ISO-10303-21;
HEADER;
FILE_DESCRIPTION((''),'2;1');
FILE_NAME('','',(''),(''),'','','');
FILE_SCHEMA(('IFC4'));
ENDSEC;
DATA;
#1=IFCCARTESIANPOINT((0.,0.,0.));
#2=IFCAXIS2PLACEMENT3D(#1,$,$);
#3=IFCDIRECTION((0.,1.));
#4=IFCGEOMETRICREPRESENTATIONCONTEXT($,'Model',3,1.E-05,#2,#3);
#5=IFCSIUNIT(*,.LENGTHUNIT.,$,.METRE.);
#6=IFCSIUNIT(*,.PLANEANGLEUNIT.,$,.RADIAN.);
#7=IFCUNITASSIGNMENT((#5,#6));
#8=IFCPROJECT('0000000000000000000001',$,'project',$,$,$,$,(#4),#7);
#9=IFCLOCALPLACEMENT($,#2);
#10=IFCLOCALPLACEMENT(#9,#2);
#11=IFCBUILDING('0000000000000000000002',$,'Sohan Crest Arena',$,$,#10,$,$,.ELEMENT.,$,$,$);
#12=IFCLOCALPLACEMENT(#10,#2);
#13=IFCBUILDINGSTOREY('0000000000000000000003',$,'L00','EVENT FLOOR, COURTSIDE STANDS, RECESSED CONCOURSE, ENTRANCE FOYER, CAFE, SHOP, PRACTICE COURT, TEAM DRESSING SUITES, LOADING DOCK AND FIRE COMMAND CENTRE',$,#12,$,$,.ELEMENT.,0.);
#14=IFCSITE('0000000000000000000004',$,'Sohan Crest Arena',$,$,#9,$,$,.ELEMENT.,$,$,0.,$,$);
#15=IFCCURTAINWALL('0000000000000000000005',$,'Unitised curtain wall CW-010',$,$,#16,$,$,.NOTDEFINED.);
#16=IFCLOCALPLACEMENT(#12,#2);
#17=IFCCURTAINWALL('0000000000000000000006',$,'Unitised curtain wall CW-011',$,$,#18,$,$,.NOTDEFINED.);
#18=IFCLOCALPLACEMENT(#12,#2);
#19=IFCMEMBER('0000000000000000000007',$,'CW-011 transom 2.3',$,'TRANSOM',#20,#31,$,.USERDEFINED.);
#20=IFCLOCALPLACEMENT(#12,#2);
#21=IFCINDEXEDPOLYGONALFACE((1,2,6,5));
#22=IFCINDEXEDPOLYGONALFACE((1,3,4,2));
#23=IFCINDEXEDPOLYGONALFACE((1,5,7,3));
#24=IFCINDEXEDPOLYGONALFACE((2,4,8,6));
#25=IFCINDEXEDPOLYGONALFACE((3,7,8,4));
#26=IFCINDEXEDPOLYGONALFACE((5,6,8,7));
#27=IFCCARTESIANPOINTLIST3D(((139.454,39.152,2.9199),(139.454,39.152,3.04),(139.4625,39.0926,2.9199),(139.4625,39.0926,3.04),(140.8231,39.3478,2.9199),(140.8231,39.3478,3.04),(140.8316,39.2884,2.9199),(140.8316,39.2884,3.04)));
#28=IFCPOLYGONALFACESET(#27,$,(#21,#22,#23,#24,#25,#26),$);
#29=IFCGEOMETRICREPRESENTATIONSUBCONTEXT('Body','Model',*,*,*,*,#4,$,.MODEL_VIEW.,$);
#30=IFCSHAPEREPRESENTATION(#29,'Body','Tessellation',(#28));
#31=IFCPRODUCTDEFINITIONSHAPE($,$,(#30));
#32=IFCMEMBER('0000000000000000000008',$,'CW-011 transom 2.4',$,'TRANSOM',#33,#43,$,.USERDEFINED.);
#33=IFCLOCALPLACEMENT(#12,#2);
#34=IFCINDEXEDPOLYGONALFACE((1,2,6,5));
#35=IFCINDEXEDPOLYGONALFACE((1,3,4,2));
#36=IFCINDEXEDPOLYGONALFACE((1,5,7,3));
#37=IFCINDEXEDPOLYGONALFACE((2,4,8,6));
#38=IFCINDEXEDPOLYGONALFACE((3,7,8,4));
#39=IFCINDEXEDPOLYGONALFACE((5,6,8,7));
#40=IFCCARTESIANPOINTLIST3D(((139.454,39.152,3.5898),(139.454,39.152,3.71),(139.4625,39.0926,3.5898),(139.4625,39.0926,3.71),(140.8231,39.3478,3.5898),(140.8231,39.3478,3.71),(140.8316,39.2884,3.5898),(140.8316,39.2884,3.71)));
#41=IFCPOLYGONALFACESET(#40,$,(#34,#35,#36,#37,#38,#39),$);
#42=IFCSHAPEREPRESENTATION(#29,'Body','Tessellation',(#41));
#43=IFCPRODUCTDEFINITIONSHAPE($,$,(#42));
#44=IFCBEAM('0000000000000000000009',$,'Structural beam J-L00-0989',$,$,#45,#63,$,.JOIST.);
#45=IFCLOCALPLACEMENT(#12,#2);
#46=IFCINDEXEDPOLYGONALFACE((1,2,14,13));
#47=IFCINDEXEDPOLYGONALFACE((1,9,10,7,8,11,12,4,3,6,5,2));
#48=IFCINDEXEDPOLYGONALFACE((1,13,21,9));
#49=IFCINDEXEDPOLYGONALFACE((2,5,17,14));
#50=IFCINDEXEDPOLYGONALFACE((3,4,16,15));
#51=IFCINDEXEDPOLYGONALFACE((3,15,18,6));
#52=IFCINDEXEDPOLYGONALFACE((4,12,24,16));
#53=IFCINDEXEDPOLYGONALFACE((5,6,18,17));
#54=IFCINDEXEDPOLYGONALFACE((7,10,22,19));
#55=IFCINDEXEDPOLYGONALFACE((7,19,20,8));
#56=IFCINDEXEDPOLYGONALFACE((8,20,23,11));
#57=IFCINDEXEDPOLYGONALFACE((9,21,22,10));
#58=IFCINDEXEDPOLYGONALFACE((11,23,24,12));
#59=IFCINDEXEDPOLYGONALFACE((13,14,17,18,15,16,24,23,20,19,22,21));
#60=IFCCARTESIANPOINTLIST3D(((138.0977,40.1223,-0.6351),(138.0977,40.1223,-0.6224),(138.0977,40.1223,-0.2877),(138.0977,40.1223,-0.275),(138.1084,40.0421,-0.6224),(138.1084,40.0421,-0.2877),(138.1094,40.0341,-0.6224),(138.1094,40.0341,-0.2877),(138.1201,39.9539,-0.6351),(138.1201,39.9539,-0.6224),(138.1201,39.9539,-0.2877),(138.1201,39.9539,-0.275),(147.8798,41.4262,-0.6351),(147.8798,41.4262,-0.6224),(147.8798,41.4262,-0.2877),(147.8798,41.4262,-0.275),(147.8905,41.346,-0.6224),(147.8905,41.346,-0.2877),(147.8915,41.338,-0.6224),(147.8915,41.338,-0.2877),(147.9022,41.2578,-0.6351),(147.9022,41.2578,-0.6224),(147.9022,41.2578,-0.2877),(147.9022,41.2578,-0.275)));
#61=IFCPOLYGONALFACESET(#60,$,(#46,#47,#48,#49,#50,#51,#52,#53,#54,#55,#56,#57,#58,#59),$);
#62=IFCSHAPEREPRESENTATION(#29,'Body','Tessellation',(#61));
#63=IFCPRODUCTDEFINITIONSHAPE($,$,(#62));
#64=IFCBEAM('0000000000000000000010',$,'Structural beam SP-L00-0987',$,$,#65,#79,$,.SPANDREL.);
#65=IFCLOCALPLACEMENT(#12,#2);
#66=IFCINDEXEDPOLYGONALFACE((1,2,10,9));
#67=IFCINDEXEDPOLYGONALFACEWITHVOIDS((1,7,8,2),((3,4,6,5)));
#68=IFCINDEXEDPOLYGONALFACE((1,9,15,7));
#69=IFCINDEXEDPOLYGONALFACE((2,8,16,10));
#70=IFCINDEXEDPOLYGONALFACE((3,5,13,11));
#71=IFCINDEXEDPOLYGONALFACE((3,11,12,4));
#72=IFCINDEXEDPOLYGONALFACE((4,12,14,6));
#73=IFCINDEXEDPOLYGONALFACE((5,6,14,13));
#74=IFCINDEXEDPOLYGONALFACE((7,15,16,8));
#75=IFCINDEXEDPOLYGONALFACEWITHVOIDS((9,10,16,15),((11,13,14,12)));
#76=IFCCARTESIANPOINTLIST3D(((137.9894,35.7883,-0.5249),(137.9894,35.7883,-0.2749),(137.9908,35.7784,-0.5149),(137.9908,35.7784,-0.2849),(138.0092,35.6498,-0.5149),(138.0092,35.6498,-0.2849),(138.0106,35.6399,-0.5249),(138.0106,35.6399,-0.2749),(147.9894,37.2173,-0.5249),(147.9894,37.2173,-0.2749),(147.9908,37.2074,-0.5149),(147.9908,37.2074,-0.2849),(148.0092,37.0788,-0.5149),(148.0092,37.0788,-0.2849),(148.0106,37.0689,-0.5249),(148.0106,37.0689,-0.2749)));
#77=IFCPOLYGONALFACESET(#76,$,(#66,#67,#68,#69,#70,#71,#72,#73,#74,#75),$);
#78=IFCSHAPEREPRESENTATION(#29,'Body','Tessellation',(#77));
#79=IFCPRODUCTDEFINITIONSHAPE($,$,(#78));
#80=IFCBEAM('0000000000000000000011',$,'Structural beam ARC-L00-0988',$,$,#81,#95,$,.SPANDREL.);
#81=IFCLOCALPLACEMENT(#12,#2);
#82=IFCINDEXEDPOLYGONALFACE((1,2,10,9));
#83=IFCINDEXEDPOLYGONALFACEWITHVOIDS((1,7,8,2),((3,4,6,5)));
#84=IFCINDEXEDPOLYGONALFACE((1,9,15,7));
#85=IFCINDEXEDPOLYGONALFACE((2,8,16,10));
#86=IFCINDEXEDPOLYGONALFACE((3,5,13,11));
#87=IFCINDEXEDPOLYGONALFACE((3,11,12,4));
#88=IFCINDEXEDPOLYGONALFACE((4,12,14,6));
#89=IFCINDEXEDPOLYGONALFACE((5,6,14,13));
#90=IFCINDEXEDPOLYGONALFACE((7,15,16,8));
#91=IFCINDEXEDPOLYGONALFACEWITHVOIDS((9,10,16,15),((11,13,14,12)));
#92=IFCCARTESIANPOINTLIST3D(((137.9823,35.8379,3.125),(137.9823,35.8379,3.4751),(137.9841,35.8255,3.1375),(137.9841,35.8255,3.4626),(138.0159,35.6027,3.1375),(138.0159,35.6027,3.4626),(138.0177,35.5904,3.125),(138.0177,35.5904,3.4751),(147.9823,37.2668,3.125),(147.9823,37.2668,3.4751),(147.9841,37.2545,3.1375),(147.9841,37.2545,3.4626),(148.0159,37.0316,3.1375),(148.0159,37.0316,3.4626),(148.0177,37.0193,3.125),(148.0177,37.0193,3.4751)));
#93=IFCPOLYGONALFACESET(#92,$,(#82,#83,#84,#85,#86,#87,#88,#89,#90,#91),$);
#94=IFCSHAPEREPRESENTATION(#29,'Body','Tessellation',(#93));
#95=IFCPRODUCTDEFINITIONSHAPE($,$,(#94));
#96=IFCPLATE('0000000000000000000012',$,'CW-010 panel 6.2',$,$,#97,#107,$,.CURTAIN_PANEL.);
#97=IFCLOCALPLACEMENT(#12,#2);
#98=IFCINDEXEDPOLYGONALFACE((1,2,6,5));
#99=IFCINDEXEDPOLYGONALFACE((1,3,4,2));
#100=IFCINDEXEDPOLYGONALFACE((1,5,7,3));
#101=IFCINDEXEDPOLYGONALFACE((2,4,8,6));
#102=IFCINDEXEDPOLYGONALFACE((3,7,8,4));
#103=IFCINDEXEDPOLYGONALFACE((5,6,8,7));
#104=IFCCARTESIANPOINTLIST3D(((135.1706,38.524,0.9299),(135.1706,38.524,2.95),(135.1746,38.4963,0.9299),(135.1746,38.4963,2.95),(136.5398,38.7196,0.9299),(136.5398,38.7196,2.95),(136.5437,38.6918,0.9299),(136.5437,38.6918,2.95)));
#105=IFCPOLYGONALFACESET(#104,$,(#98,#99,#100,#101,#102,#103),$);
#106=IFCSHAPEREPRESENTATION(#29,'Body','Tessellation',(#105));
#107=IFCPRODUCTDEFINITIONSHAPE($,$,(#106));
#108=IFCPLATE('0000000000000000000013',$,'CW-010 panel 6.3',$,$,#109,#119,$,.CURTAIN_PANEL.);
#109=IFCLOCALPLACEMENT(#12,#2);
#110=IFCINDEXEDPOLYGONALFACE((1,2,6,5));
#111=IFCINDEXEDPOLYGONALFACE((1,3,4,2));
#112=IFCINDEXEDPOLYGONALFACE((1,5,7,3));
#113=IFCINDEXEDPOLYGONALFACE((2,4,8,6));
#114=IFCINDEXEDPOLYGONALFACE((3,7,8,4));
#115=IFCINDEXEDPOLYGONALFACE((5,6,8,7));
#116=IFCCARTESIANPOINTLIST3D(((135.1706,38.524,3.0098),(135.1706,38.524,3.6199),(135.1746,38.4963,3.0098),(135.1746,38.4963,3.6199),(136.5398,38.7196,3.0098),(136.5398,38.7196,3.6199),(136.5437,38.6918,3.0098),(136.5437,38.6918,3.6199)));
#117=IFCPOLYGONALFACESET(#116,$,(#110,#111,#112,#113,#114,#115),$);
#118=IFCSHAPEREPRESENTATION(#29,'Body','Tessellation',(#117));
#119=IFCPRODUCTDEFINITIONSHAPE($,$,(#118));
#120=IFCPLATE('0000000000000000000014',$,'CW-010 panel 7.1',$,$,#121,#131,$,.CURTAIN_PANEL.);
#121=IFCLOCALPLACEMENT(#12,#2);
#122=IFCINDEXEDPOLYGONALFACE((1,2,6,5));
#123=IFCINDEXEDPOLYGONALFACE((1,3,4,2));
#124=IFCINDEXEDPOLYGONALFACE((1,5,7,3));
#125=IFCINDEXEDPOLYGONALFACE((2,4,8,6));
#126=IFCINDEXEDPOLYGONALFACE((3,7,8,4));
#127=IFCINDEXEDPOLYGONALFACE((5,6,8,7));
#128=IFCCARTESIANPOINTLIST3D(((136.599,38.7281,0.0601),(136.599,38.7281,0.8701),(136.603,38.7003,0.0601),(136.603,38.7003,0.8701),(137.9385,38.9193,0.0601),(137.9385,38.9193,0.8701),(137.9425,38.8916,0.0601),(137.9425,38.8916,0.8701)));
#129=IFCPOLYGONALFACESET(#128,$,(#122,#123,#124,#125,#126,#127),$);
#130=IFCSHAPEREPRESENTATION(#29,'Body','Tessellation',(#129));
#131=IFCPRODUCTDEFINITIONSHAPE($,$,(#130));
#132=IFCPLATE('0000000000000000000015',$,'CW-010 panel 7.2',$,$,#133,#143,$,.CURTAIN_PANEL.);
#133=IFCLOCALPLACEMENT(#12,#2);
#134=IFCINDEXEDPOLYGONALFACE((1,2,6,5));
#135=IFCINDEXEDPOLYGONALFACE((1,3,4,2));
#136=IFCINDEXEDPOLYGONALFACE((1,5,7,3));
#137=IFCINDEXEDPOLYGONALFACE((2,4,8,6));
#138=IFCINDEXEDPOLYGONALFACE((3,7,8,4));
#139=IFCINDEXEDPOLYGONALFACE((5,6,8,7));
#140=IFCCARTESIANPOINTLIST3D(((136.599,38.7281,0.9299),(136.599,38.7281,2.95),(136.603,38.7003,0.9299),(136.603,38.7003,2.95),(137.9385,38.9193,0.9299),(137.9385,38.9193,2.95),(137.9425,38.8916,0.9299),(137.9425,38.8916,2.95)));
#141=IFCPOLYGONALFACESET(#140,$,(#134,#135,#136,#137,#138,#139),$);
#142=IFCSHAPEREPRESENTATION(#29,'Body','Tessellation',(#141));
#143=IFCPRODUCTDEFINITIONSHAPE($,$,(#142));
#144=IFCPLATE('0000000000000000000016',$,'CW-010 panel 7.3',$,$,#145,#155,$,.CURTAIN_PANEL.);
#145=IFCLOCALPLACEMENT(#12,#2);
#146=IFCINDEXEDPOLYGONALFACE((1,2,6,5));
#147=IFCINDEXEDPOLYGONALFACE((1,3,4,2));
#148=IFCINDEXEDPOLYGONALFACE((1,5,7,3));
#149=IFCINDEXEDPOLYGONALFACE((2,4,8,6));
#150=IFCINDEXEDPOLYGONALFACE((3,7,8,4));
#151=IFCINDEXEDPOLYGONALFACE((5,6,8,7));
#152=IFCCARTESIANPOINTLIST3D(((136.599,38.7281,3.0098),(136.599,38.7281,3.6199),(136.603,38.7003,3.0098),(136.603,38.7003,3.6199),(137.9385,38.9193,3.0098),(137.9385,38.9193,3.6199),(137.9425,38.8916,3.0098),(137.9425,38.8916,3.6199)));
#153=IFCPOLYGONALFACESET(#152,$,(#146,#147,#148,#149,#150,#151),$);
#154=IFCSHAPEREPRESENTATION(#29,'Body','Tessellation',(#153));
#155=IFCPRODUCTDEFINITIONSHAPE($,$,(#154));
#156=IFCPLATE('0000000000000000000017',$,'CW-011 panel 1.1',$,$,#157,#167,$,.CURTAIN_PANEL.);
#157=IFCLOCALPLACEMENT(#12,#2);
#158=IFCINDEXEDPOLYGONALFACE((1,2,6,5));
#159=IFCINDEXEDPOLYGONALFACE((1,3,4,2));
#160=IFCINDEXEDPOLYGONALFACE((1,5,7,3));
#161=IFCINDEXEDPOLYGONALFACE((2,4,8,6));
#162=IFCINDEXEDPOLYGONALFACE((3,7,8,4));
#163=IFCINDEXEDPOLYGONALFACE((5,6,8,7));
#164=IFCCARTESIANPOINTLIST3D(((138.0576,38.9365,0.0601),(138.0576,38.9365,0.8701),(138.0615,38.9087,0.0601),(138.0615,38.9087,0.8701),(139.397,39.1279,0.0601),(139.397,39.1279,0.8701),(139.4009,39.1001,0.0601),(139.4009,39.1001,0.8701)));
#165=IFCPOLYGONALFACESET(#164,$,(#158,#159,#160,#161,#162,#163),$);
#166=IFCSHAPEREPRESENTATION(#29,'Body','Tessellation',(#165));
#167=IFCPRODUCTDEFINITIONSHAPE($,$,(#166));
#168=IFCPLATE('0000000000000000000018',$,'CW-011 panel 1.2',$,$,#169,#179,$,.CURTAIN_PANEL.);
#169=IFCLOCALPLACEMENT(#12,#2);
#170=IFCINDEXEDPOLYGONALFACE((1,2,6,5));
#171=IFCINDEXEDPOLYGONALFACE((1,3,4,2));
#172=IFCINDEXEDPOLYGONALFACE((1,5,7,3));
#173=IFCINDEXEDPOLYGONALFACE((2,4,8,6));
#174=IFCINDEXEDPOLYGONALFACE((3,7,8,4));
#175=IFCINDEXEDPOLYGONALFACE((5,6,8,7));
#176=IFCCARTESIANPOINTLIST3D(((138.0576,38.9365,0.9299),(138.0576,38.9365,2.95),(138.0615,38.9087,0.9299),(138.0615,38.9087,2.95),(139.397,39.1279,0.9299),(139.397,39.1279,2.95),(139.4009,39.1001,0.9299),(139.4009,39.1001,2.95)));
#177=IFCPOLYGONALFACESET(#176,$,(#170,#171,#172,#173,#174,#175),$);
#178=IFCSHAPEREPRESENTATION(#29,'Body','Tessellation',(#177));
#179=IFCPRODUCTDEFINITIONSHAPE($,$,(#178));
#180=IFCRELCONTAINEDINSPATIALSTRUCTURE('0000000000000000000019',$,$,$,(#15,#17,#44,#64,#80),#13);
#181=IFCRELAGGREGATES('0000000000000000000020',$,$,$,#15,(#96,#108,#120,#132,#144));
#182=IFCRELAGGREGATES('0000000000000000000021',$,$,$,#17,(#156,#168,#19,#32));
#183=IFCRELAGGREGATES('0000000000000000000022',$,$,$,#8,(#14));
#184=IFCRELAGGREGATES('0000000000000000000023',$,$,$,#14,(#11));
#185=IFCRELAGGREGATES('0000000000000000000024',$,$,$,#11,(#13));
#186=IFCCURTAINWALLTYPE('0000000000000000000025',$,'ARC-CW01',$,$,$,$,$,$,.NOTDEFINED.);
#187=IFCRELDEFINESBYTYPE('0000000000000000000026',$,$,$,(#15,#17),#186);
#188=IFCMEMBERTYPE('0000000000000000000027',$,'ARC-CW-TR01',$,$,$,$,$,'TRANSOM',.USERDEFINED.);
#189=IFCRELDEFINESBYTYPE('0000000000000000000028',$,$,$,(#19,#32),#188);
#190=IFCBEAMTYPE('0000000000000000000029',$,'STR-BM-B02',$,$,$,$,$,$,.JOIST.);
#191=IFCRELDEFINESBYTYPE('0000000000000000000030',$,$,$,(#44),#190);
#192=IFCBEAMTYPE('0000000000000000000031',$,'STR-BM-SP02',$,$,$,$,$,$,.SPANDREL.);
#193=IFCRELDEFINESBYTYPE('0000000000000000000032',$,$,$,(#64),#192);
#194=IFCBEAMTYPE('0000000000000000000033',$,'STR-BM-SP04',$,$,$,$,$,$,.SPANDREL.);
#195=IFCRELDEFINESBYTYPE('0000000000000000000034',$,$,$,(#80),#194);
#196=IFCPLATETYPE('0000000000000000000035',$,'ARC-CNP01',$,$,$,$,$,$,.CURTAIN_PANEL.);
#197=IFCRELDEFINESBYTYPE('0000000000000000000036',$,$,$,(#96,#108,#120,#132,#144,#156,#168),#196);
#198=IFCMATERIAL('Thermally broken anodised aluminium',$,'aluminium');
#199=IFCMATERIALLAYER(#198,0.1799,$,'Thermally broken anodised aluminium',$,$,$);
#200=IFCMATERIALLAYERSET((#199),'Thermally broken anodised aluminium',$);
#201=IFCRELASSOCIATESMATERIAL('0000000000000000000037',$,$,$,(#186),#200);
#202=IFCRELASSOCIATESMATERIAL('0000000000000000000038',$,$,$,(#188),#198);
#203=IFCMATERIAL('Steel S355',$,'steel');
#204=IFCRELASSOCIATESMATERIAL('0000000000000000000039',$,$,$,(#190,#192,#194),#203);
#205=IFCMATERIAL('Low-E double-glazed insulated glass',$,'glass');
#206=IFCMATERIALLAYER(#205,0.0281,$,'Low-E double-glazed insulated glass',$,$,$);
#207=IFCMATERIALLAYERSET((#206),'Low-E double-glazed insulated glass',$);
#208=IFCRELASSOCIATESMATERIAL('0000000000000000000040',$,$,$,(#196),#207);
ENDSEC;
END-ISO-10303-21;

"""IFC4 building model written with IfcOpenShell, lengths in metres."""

from ifc_helpers import new_model, si_unit, direction, frame, origin, origin_2d, place, context, subcontext, project, spatial, rectangle, hollow_rectangle, i_section, extrude, material, layer, layer_set, material_profile, profile_set, type_object, element, aggregate, save


model = new_model("IFC4")

# Units and contexts
model_context = context("Model", 3, precision=1e-05, world=origin(), true_north=direction((0.0, 1.0)))
body_context = subcontext(model_context, "Body", "Model", "MODEL_VIEW")
ifc_project = project(units=[si_unit("LENGTHUNIT", "METRE"), si_unit("PLANEANGLEUNIT", "RADIAN")], contexts=[model_context])

# Site, building, storey
site_placement = place(None, origin())
site = spatial("IfcSite", under=ifc_project, at=site_placement, Name="Sohan Crest Arena", CompositionType="ELEMENT", RefElevation=0.0)
building_placement = place(site_placement, origin())
building = spatial("IfcBuilding", under=site, at=building_placement, Name="Sohan Crest Arena", CompositionType="ELEMENT")
storey_placement = place(building_placement, origin())
storey = spatial("IfcBuildingStorey", under=building, at=storey_placement, Name="L00", Description="EVENT FLOOR, COURTSIDE STANDS, RECESSED CONCOURSE, ENTRANCE FOYER, CAFE, SHOP, PRACTICE COURT, TEAM DRESSING SUITES, LOADING DOCK AND FIRE COMMAND CENTRE", CompositionType="ELEMENT", Elevation=0.0)

# Curtain walls
ifc_material_1 = material(Name="Thermally broken anodised aluminium", Category="aluminium")
ifc_layer_1 = layer(ifc_material_1, 0.1799, Name="Thermally broken anodised aluminium")
ifc_layer_set_1 = layer_set([ifc_layer_1], Name="Thermally broken anodised aluminium")
curtain_wall_type = type_object("IfcCurtainWallType", Name="ARC-CW01", PredefinedType="NOTDEFINED", material=ifc_layer_set_1)
curtain_wall_1_placement = place(storey_placement, origin())
curtain_wall_1 = element("IfcCurtainWall", 1, at=curtain_wall_1_placement, inside=storey, type_object=curtain_wall_type, Name="Unitised curtain wall CW-010", PredefinedType="NOTDEFINED")
curtain_wall_2_placement = place(storey_placement, origin())
curtain_wall_2 = element("IfcCurtainWall", 2, at=curtain_wall_2_placement, inside=storey, type_object=curtain_wall_type, Name="Unitised curtain wall CW-011", PredefinedType="NOTDEFINED")

# Members
ifc_material_profile_1 = material_profile(ifc_material_1, rectangle(XDim=0.0601, YDim=0.1201, at=origin_2d()), Name="ALU-TRAN 60x120")
ifc_profile_set_1 = profile_set([ifc_material_profile_1], Name="Thermally broken anodised aluminium")
member_type_1 = type_object("IfcMemberType", Name="ARC-CW-TR01", ElementType="TRANSOM", PredefinedType="USERDEFINED", material=ifc_profile_set_1)
member_1_placement = place(storey_placement, frame((139.4583, 39.1223, 2.98), z_axis=(0.989928, 0.14157, 0.0), x_axis=(-0.14157, 0.989928, 0.0)))
member_1 = element("IfcMember", 3, at=member_1_placement, type_object=member_type_1, Name="CW-011 transom 2.3", ObjectType="TRANSOM", PredefinedType="USERDEFINED", context=body_context, shape_type="SweptSolid", body=[
    extrude(rectangle(XDim=0.0601, YDim=0.1201, at=origin_2d()), origin(), (0.0, 0.0, 1.0), 1.3831),
])
member_2_placement = place(storey_placement, frame((139.4583, 39.1223, 3.6499), z_axis=(0.989928, 0.14157, 0.0), x_axis=(-0.14157, 0.989928, 0.0)))
member_2 = element("IfcMember", 4, at=member_2_placement, type_object=member_type_1, Name="CW-011 transom 2.4", ObjectType="TRANSOM", PredefinedType="USERDEFINED", context=body_context, shape_type="SweptSolid", body=[
    extrude(rectangle(XDim=0.0601, YDim=0.1201, at=origin_2d()), origin(), (0.0, 0.0, 1.0), 1.3831),
])

# Beams
ifc_material_2 = material(Name="Steel S355", Category="steel")
ifc_material_profile_2 = material_profile(ifc_material_2, i_section(OverallWidth=0.1699, OverallDepth=0.3601, WebThickness=0.0081, FlangeThickness=0.0127, at=origin_2d()), Name="IPE 360")
ifc_profile_set_2 = profile_set([ifc_material_profile_2], Name="Steel S355")
beam_type_1 = type_object("IfcBeamType", Name="STR-BM-B02", PredefinedType="JOIST", material=ifc_profile_set_2)
beam_1_placement = place(storey_placement, frame((138.1089, 40.0381, -0.4551), z_axis=(0.991232, 0.13213, 0.0), x_axis=(-0.13213, 0.991232, 0.0)))
element("IfcBeam", 5, at=beam_1_placement, inside=storey, type_object=beam_type_1, Name="Structural beam J-L00-0989", PredefinedType="JOIST", context=body_context, shape_type="SweptSolid", body=[
    extrude(i_section(OverallWidth=0.1699, OverallDepth=0.3601, WebThickness=0.0081, FlangeThickness=0.0127, at=origin_2d()), origin(), (0.0, 0.0, 1.0), 9.8687),
])
ifc_material_profile_3 = material_profile(ifc_material_2, hollow_rectangle(XDim=0.1499, YDim=0.25, WallThickness=0.01, at=origin_2d()), Name="RHS 250x150x10")
ifc_profile_set_3 = profile_set([ifc_material_profile_3], Name="Steel S355")
beam_type_2 = type_object("IfcBeamType", Name="STR-BM-SP02", PredefinedType="SPANDREL", material=ifc_profile_set_3)
beam_2_placement = place(storey_placement, frame((138.0, 35.7141, -0.3999), z_axis=(0.989944, 0.141459, 0.0), x_axis=(-0.141459, 0.989944, 0.0)))
element("IfcBeam", 6, at=beam_2_placement, inside=storey, type_object=beam_type_2, Name="Structural beam SP-L00-0987", PredefinedType="SPANDREL", context=body_context, shape_type="SweptSolid", body=[
    extrude(hollow_rectangle(XDim=0.1499, YDim=0.25, WallThickness=0.01, at=origin_2d()), origin(), (0.0, 0.0, 1.0), 10.1016),
])
ifc_material_profile_4 = material_profile(ifc_material_2, hollow_rectangle(XDim=0.25, YDim=0.3501, WallThickness=0.0125, at=origin_2d()), Name="RHS 350x250x12.5")
ifc_profile_set_4 = profile_set([ifc_material_profile_4], Name="Steel S355")
beam_type_3 = type_object("IfcBeamType", Name="STR-BM-SP04", PredefinedType="SPANDREL", material=ifc_profile_set_4)
beam_3_placement = place(storey_placement, frame((138.0, 35.7141, 3.3), z_axis=(0.989944, 0.141459, 0.0), x_axis=(-0.141459, 0.989944, 0.0)))
element("IfcBeam", 7, at=beam_3_placement, inside=storey, type_object=beam_type_3, Name="Structural beam ARC-L00-0988", PredefinedType="SPANDREL", context=body_context, shape_type="SweptSolid", body=[
    extrude(hollow_rectangle(XDim=0.25, YDim=0.3501, WallThickness=0.0125, at=origin_2d()), origin(), (0.0, 0.0, 1.0), 10.1016),
])

# Plates
ifc_material_3 = material(Name="Low-E double-glazed insulated glass", Category="glass")
ifc_layer_2 = layer(ifc_material_3, 0.0281, Name="Low-E double-glazed insulated glass")
ifc_layer_set_2 = layer_set([ifc_layer_2], Name="Low-E double-glazed insulated glass")
plate_type = type_object("IfcPlateType", Name="ARC-CNP01", PredefinedType="CURTAIN_PANEL", material=ifc_layer_set_2)
plate_1_placement = place(storey_placement, frame((135.8572, 38.6079, 0.9299), z_axis=(0.0, 0.0, 1.0), x_axis=(0.989957, 0.141366, 0.0)))
plate_1 = element("IfcPlate", 8, at=plate_1_placement, type_object=plate_type, Name="CW-010 panel 6.2", PredefinedType="CURTAIN_PANEL", context=body_context, shape_type="SweptSolid", body=[
    extrude(rectangle(XDim=1.3831, YDim=0.0281, at=origin_2d()), origin(), (0.0, 0.0, 1.0), 2.02),
])
plate_2_placement = place(storey_placement, frame((135.8572, 38.6079, 3.0098), z_axis=(0.0, 0.0, 1.0), x_axis=(0.989957, 0.141366, 0.0)))
plate_2 = element("IfcPlate", 9, at=plate_2_placement, type_object=plate_type, Name="CW-010 panel 6.3", PredefinedType="CURTAIN_PANEL", context=body_context, shape_type="SweptSolid", body=[
    extrude(rectangle(XDim=1.3831, YDim=0.0281, at=origin_2d()), origin(), (0.0, 0.0, 1.0), 0.6101),
])
plate_3_placement = place(storey_placement, frame((137.2708, 38.8098, 0.0601), z_axis=(0.0, 0.0, 1.0), x_axis=(0.989957, 0.141366, 0.0)))
plate_3 = element("IfcPlate", 10, at=plate_3_placement, type_object=plate_type, Name="CW-010 panel 7.1", PredefinedType="CURTAIN_PANEL", context=body_context, shape_type="SweptSolid", body=[
    extrude(rectangle(XDim=1.353, YDim=0.0281, at=origin_2d()), origin(), (0.0, 0.0, 1.0), 0.8101),
])
plate_4_placement = place(storey_placement, frame((137.2708, 38.8098, 0.9299), z_axis=(0.0, 0.0, 1.0), x_axis=(0.989957, 0.141366, 0.0)))
plate_4 = element("IfcPlate", 11, at=plate_4_placement, type_object=plate_type, Name="CW-010 panel 7.2", PredefinedType="CURTAIN_PANEL", context=body_context, shape_type="SweptSolid", body=[
    extrude(rectangle(XDim=1.353, YDim=0.0281, at=origin_2d()), origin(), (0.0, 0.0, 1.0), 2.02),
])
plate_5_placement = place(storey_placement, frame((137.2708, 38.8098, 3.0098), z_axis=(0.0, 0.0, 1.0), x_axis=(0.989957, 0.141366, 0.0)))
plate_5 = element("IfcPlate", 12, at=plate_5_placement, type_object=plate_type, Name="CW-010 panel 7.3", PredefinedType="CURTAIN_PANEL", context=body_context, shape_type="SweptSolid", body=[
    extrude(rectangle(XDim=1.353, YDim=0.0281, at=origin_2d()), origin(), (0.0, 0.0, 1.0), 0.6101),
])
aggregate(curtain_wall_1, [plate_1, plate_2, plate_3, plate_4, plate_5])
plate_6_placement = place(storey_placement, frame((138.7292, 39.0183, 0.0601), z_axis=(0.0, 0.0, 1.0), x_axis=(0.989944, 0.141463, 0.0)))
plate_6 = element("IfcPlate", 13, at=plate_6_placement, type_object=plate_type, Name="CW-011 panel 1.1", PredefinedType="CURTAIN_PANEL", context=body_context, shape_type="SweptSolid", body=[
    extrude(rectangle(XDim=1.353, YDim=0.0281, at=origin_2d()), origin(), (0.0, 0.0, 1.0), 0.8101),
])
plate_7_placement = place(storey_placement, frame((138.7292, 39.0183, 0.9299), z_axis=(0.0, 0.0, 1.0), x_axis=(0.989944, 0.141463, 0.0)))
plate_7 = element("IfcPlate", 14, at=plate_7_placement, type_object=plate_type, Name="CW-011 panel 1.2", PredefinedType="CURTAIN_PANEL", context=body_context, shape_type="SweptSolid", body=[
    extrude(rectangle(XDim=1.353, YDim=0.0281, at=origin_2d()), origin(), (0.0, 0.0, 1.0), 2.02),
])
aggregate(curtain_wall_2, [plate_6, plate_7, member_1, member_2])

save(model, "model.ifc")
